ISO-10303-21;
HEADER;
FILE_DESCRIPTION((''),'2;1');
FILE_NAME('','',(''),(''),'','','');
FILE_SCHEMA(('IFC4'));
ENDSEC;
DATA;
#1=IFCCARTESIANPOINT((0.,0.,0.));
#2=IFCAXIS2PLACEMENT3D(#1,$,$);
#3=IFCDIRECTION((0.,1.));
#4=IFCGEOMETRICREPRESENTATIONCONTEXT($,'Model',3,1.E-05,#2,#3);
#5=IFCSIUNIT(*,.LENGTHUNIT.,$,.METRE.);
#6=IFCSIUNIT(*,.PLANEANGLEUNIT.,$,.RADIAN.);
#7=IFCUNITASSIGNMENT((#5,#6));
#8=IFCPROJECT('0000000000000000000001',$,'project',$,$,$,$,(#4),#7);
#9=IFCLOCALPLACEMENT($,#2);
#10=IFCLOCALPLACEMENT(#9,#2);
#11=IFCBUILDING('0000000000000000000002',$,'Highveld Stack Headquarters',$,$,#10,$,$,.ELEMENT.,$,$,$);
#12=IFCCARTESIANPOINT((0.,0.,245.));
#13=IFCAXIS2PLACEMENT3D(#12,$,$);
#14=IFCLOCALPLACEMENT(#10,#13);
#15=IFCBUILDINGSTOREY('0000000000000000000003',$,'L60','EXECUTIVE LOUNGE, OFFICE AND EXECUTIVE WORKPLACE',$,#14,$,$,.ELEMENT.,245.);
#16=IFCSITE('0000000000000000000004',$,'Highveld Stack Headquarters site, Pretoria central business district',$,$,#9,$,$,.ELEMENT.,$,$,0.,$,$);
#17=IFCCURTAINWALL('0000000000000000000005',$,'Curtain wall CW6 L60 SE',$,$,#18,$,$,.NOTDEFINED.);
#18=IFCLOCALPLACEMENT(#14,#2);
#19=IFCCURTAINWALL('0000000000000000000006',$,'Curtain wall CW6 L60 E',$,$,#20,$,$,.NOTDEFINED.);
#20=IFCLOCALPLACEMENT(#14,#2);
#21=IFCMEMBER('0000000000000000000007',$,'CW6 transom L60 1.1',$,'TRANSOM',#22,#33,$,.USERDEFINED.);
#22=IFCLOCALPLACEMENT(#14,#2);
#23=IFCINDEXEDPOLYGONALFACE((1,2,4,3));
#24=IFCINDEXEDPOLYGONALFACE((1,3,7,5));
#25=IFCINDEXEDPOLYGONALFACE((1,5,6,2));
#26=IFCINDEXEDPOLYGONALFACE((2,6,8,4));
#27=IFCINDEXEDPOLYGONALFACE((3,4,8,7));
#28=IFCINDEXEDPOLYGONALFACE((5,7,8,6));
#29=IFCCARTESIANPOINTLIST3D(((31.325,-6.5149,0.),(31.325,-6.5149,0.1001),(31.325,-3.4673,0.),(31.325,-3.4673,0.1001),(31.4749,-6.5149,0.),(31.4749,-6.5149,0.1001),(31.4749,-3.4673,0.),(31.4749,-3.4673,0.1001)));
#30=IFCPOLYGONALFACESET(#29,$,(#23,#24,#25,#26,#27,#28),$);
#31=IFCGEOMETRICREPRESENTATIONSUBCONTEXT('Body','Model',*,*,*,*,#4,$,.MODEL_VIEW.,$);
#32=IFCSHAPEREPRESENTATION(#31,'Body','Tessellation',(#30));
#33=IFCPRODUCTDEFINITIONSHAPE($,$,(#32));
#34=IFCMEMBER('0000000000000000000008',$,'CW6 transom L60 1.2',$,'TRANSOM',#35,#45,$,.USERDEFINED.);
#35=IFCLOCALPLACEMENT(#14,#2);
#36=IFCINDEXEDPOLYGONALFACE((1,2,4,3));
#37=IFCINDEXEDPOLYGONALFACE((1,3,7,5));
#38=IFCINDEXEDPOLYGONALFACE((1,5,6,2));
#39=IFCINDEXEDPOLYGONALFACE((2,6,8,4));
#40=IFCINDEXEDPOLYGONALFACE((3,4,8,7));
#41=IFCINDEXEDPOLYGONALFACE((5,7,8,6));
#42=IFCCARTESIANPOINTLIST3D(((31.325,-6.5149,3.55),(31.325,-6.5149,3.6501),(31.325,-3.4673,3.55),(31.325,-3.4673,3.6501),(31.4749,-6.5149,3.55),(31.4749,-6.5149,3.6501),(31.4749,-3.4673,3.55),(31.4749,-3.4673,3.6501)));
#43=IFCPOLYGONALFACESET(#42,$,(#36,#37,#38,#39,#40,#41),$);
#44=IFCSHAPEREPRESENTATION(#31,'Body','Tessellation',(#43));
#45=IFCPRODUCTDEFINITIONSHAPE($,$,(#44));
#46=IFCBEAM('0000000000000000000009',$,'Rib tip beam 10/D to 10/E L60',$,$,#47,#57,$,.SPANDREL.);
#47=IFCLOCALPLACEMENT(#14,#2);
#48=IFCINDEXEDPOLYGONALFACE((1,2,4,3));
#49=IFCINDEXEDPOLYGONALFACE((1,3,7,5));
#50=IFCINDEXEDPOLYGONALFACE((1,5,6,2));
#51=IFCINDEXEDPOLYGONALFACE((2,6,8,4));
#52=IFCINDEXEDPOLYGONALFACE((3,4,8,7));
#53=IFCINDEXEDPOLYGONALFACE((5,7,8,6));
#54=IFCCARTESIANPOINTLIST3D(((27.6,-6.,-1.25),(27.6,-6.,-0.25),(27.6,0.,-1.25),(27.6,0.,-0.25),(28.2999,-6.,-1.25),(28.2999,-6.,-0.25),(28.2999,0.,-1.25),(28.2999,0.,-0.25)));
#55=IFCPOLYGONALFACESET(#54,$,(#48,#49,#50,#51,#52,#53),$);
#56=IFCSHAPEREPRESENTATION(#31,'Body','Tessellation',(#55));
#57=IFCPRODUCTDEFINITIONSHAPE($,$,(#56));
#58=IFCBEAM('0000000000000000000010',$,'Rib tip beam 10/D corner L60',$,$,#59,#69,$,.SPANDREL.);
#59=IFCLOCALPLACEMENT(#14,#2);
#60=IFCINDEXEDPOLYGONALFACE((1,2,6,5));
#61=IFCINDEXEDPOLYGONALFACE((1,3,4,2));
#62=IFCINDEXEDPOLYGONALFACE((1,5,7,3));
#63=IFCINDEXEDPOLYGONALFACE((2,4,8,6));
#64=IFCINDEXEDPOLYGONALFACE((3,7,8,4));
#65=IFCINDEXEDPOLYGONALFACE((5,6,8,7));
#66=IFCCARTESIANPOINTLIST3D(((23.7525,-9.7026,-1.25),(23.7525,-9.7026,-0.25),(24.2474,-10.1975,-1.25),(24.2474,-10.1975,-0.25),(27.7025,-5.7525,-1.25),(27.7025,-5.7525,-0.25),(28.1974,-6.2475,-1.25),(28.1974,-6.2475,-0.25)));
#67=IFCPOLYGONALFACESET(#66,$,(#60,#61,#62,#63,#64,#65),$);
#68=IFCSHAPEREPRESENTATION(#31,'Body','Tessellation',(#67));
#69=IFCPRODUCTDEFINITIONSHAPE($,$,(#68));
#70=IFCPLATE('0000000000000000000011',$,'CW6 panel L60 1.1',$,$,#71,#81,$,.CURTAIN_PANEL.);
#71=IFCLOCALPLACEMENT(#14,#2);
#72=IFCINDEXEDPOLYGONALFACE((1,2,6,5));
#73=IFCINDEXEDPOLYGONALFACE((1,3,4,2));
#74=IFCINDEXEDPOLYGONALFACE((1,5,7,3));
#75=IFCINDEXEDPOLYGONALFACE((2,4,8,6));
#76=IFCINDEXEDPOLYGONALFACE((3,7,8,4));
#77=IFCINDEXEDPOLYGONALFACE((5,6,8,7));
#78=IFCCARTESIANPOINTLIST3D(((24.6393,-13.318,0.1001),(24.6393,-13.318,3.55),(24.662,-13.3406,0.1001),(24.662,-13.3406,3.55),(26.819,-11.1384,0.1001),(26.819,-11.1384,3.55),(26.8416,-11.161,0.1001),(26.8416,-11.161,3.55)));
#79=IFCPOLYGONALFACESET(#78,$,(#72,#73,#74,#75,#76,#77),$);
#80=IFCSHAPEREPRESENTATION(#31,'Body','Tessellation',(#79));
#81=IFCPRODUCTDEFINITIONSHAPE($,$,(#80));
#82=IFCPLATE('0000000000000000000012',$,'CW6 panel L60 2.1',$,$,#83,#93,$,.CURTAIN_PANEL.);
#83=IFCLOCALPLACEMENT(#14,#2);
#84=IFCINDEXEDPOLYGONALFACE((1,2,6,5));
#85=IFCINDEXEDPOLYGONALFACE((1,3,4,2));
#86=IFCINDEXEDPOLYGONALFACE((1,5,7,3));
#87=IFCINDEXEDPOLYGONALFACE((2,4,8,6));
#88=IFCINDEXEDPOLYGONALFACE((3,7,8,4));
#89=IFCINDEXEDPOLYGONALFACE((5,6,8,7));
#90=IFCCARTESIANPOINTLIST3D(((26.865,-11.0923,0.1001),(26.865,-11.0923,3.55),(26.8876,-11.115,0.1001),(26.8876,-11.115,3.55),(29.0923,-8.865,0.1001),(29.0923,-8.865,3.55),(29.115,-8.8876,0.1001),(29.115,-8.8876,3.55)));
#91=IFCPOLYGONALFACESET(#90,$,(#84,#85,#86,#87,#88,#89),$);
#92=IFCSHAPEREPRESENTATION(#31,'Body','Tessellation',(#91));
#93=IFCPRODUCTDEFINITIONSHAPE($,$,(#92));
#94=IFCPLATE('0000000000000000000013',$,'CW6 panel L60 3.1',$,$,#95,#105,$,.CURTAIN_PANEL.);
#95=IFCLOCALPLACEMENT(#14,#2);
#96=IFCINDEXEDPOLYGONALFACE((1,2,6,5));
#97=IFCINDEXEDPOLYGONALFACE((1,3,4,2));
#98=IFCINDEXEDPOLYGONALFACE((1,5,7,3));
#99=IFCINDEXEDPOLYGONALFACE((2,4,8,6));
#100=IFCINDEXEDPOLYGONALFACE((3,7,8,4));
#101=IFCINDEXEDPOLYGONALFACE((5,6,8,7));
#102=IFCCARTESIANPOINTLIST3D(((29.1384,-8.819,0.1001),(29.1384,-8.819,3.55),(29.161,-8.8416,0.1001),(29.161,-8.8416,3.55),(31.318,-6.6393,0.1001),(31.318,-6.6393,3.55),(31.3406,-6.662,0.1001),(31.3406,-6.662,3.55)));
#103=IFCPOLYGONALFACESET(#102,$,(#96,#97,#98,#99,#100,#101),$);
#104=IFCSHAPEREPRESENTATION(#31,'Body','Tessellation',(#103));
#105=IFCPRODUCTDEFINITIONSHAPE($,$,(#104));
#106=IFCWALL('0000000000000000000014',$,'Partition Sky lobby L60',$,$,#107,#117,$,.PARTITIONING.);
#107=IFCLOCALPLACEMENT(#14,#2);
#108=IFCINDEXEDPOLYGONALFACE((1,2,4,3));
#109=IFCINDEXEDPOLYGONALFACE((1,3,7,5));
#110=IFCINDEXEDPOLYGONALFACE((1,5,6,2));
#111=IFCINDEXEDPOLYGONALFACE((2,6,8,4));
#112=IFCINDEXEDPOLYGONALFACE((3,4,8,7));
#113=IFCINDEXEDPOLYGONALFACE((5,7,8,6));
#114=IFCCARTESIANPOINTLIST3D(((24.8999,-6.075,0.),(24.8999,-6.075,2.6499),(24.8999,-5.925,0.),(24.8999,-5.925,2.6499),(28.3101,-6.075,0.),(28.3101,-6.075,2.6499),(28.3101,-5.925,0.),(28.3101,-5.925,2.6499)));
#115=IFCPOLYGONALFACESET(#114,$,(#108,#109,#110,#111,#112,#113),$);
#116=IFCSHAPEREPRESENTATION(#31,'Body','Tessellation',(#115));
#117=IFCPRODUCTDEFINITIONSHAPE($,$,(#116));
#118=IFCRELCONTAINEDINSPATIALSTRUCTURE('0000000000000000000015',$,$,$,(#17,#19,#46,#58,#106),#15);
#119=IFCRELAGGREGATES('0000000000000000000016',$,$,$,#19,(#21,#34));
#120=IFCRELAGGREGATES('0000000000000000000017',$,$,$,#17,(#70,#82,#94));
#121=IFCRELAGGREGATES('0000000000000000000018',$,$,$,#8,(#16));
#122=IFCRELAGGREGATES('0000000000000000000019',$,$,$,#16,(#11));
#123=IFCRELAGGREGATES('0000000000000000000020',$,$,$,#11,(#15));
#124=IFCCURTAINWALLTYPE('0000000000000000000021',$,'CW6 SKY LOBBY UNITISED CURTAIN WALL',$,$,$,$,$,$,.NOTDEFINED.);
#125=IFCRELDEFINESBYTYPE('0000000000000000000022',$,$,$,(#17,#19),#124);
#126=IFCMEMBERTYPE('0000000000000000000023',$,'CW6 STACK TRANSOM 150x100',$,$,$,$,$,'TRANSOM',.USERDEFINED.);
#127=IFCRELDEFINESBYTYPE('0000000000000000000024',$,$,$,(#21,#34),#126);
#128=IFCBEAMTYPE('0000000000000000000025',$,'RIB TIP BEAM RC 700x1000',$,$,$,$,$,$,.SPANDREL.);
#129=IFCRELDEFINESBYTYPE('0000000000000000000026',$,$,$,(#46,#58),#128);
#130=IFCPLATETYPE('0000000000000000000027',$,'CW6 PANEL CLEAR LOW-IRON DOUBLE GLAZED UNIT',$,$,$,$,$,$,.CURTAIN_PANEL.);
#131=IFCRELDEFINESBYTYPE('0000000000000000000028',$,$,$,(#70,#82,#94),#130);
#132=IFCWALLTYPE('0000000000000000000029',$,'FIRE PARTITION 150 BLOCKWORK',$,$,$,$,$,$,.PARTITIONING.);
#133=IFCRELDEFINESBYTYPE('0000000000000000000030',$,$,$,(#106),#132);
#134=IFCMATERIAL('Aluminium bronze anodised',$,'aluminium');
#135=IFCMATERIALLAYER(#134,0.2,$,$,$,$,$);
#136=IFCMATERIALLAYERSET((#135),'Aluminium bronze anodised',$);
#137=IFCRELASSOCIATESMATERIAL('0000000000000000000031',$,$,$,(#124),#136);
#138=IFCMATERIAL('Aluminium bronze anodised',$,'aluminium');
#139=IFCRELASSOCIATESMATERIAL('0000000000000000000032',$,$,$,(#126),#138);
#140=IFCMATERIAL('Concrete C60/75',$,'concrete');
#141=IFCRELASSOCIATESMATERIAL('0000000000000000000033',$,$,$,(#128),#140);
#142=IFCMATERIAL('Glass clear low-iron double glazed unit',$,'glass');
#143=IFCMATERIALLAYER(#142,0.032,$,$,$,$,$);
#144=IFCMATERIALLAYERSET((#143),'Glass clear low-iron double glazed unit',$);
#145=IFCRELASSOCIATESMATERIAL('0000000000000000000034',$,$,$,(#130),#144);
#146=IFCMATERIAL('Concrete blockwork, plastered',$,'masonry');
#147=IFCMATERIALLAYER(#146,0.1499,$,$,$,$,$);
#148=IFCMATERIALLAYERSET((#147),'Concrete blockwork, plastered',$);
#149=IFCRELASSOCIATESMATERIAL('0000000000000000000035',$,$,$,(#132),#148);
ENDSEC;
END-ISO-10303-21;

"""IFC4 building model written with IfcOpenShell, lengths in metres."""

from ifc_helpers import new_model, si_unit, direction, frame, frame_2d, origin, origin_2d, place, context, subcontext, project, spatial, rectangle, extrude, material, layer, layer_set, material_profile, profile_set, type_object, element, aggregate, save


model = new_model("IFC4")

# Units and contexts
model_context = context("Model", 3, precision=1e-05, world=origin(), true_north=direction((0.0, 1.0)))
body_context = subcontext(model_context, "Body", "Model", "MODEL_VIEW")
ifc_project = project(units=[si_unit("LENGTHUNIT", "METRE"), si_unit("PLANEANGLEUNIT", "RADIAN")], contexts=[model_context])

# Site, building, storey
site_placement = place(None, origin())
site = spatial("IfcSite", under=ifc_project, at=site_placement, Name="Highveld Stack Headquarters site, Pretoria central business district", CompositionType="ELEMENT", RefElevation=0.0)
building_placement = place(site_placement, origin())
building = spatial("IfcBuilding", under=site, at=building_placement, Name="Highveld Stack Headquarters", CompositionType="ELEMENT")
storey_placement = place(building_placement, frame((0.0, 0.0, 245.0)))
storey = spatial("IfcBuildingStorey", under=building, at=storey_placement, Name="L60", Description="EXECUTIVE LOUNGE, OFFICE AND EXECUTIVE WORKPLACE", CompositionType="ELEMENT", Elevation=245.0)

# Shared definitions
ifc_material_1 = material(Name="Aluminium bronze anodised", Category="aluminium")
ifc_layer_1 = layer(ifc_material_1, 0.2)
ifc_layer_set_1 = layer_set([ifc_layer_1], Name="Aluminium bronze anodised")
curtain_wall_type = type_object("IfcCurtainWallType", Name="CW6 SKY LOBBY UNITISED CURTAIN WALL", PredefinedType="NOTDEFINED", material=ifc_layer_set_1)

# Curtain wall
curtain_wall_1_placement = place(storey_placement, origin())
curtain_wall_1 = element("IfcCurtainWall", 1, at=curtain_wall_1_placement, inside=storey, type_object=curtain_wall_type, Name="Curtain wall CW6 L60 SE", PredefinedType="NOTDEFINED")

# Curtain wall
curtain_wall_2_placement = place(storey_placement, origin())
curtain_wall_2 = element("IfcCurtainWall", 2, at=curtain_wall_2_placement, inside=storey, type_object=curtain_wall_type, Name="Curtain wall CW6 L60 E", PredefinedType="NOTDEFINED")

# Members
ifc_material_2 = material(Name="Aluminium bronze anodised", Category="aluminium")
ifc_material_profile_1 = material_profile(ifc_material_2, rectangle(XDim=0.1499, YDim=0.1001, at=origin_2d()), Name="CW6 TRANSOM 150x100")
ifc_profile_set_1 = profile_set([ifc_material_profile_1], Name="Aluminium bronze anodised")
member_type_1 = type_object("IfcMemberType", Name="CW6 STACK TRANSOM 150x100", ElementType="TRANSOM", PredefinedType="USERDEFINED", material=ifc_profile_set_1)
member_1_placement = place(storey_placement, frame((31.3999, -6.5149, 0.05), z_axis=(0.0, 1.0, 0.0), x_axis=(-1.0, 0.0, 0.0)))
member_1 = element("IfcMember", 3, at=member_1_placement, type_object=member_type_1, Name="CW6 transom L60 1.1", ObjectType="TRANSOM", PredefinedType="USERDEFINED", context=body_context, shape_type="SweptSolid", body=[
    extrude(rectangle(XDim=0.1499, YDim=0.1001, at=origin_2d()), origin(), (0.0, 0.0, 1.0), 3.0476),
])
member_2_placement = place(storey_placement, frame((31.3999, -6.5149, 3.6001), z_axis=(0.0, 1.0, 0.0), x_axis=(-1.0, 0.0, 0.0)))
member_2 = element("IfcMember", 4, at=member_2_placement, type_object=member_type_1, Name="CW6 transom L60 1.2", ObjectType="TRANSOM", PredefinedType="USERDEFINED", context=body_context, shape_type="SweptSolid", body=[
    extrude(rectangle(XDim=0.1499, YDim=0.1001, at=origin_2d()), origin(), (0.0, 0.0, 1.0), 3.0476),
])
aggregate(curtain_wall_2, [member_1, member_2])

# Beams
ifc_material_3 = material(Name="Concrete C60/75", Category="concrete")
ifc_material_profile_2 = material_profile(ifc_material_3, rectangle(XDim=0.7, YDim=1.0, at=origin_2d()), Name="RC 700x1000")
ifc_profile_set_2 = profile_set([ifc_material_profile_2], Name="Concrete C60/75")
beam_type = type_object("IfcBeamType", Name="RIB TIP BEAM RC 700x1000", PredefinedType="SPANDREL", material=ifc_profile_set_2)
beam_1_placement = place(storey_placement, frame((27.95, -6.0, -0.75), z_axis=(0.0, 1.0, 0.0), x_axis=(-1.0, 0.0, 0.0)))
element("IfcBeam", 5, at=beam_1_placement, inside=storey, type_object=beam_type, Name="Rib tip beam 10/D to 10/E L60", PredefinedType="SPANDREL", context=body_context, shape_type="SweptSolid", body=[
    extrude(rectangle(XDim=0.7, YDim=1.0, at=origin_2d()), origin(), (0.0, 0.0, 1.0), 6.0),
])
beam_2_placement = place(storey_placement, frame((27.95, -6.0, -0.75), z_axis=(-0.707107, -0.707107, 0.0), x_axis=(0.707107, -0.707107, 0.0)))
element("IfcBeam", 6, at=beam_2_placement, inside=storey, type_object=beam_type, Name="Rib tip beam 10/D corner L60", PredefinedType="SPANDREL", context=body_context, shape_type="SweptSolid", body=[
    extrude(rectangle(XDim=0.7, YDim=1.0, at=origin_2d()), origin(), (0.0, 0.0, 1.0), 5.5862),
])

# Plates
ifc_material_4 = material(Name="Glass clear low-iron double glazed unit", Category="glass")
ifc_layer_2 = layer(ifc_material_4, 0.032)
ifc_layer_set_2 = layer_set([ifc_layer_2], Name="Glass clear low-iron double glazed unit")
plate_type = type_object("IfcPlateType", Name="CW6 PANEL CLEAR LOW-IRON DOUBLE GLAZED UNIT", PredefinedType="CURTAIN_PANEL", material=ifc_layer_set_2)
plate_1_placement = place(storey_placement, frame((25.7405, -12.2395, 0.1001), z_axis=(0.0, 0.0, 1.0), x_axis=(0.707107, 0.707107, 0.0)))
plate_1 = element("IfcPlate", 7, at=plate_1_placement, type_object=plate_type, Name="CW6 panel L60 1.1", PredefinedType="CURTAIN_PANEL", context=body_context, shape_type="SweptSolid", body=[
    extrude(rectangle(XDim=3.0825, YDim=0.032, at=origin_2d()), origin(), (0.0, 0.0, 1.0), 3.45),
])
plate_2_placement = place(storey_placement, frame((27.99, -9.99, 0.1001), z_axis=(0.0, 0.0, 1.0), x_axis=(0.707107, 0.707107, 0.0)))
plate_2 = element("IfcPlate", 8, at=plate_2_placement, type_object=plate_type, Name="CW6 panel L60 2.1", PredefinedType="CURTAIN_PANEL", context=body_context, shape_type="SweptSolid", body=[
    extrude(rectangle(XDim=3.1499, YDim=0.032, at=origin_2d()), origin(), (0.0, 0.0, 1.0), 3.45),
])
plate_3_placement = place(storey_placement, frame((30.2395, -7.7405, 0.1001), z_axis=(0.0, 0.0, 1.0), x_axis=(0.707107, 0.707107, 0.0)))
plate_3 = element("IfcPlate", 9, at=plate_3_placement, type_object=plate_type, Name="CW6 panel L60 3.1", PredefinedType="CURTAIN_PANEL", context=body_context, shape_type="SweptSolid", body=[
    extrude(rectangle(XDim=3.0825, YDim=0.032, at=origin_2d()), origin(), (0.0, 0.0, 1.0), 3.45),
])
aggregate(curtain_wall_1, [plate_1, plate_2, plate_3])

# Wall
ifc_material_5 = material(Name="Concrete blockwork, plastered", Category="masonry")
ifc_layer_3 = layer(ifc_material_5, 0.1499)
ifc_layer_set_3 = layer_set([ifc_layer_3], Name="Concrete blockwork, plastered")
wall_type = type_object("IfcWallType", Name="FIRE PARTITION 150 BLOCKWORK", PredefinedType="PARTITIONING", material=ifc_layer_set_3)
wall_placement = place(storey_placement, frame((24.8999, -6.0, 0.0), z_axis=(0.0, 0.0, 1.0), x_axis=(1.0, 0.0, 0.0)))
element("IfcWall", 10, at=wall_placement, inside=storey, type_object=wall_type, Name="Partition Sky lobby L60", PredefinedType="PARTITIONING", context=body_context, shape_type="SweptSolid", body=[
    extrude(rectangle(XDim=3.4102, YDim=0.1499, at=frame_2d((1.7051, 0.0))), origin(), (0.0, 0.0, 1.0), 2.6499),
])

save(model, "model.ifc")
